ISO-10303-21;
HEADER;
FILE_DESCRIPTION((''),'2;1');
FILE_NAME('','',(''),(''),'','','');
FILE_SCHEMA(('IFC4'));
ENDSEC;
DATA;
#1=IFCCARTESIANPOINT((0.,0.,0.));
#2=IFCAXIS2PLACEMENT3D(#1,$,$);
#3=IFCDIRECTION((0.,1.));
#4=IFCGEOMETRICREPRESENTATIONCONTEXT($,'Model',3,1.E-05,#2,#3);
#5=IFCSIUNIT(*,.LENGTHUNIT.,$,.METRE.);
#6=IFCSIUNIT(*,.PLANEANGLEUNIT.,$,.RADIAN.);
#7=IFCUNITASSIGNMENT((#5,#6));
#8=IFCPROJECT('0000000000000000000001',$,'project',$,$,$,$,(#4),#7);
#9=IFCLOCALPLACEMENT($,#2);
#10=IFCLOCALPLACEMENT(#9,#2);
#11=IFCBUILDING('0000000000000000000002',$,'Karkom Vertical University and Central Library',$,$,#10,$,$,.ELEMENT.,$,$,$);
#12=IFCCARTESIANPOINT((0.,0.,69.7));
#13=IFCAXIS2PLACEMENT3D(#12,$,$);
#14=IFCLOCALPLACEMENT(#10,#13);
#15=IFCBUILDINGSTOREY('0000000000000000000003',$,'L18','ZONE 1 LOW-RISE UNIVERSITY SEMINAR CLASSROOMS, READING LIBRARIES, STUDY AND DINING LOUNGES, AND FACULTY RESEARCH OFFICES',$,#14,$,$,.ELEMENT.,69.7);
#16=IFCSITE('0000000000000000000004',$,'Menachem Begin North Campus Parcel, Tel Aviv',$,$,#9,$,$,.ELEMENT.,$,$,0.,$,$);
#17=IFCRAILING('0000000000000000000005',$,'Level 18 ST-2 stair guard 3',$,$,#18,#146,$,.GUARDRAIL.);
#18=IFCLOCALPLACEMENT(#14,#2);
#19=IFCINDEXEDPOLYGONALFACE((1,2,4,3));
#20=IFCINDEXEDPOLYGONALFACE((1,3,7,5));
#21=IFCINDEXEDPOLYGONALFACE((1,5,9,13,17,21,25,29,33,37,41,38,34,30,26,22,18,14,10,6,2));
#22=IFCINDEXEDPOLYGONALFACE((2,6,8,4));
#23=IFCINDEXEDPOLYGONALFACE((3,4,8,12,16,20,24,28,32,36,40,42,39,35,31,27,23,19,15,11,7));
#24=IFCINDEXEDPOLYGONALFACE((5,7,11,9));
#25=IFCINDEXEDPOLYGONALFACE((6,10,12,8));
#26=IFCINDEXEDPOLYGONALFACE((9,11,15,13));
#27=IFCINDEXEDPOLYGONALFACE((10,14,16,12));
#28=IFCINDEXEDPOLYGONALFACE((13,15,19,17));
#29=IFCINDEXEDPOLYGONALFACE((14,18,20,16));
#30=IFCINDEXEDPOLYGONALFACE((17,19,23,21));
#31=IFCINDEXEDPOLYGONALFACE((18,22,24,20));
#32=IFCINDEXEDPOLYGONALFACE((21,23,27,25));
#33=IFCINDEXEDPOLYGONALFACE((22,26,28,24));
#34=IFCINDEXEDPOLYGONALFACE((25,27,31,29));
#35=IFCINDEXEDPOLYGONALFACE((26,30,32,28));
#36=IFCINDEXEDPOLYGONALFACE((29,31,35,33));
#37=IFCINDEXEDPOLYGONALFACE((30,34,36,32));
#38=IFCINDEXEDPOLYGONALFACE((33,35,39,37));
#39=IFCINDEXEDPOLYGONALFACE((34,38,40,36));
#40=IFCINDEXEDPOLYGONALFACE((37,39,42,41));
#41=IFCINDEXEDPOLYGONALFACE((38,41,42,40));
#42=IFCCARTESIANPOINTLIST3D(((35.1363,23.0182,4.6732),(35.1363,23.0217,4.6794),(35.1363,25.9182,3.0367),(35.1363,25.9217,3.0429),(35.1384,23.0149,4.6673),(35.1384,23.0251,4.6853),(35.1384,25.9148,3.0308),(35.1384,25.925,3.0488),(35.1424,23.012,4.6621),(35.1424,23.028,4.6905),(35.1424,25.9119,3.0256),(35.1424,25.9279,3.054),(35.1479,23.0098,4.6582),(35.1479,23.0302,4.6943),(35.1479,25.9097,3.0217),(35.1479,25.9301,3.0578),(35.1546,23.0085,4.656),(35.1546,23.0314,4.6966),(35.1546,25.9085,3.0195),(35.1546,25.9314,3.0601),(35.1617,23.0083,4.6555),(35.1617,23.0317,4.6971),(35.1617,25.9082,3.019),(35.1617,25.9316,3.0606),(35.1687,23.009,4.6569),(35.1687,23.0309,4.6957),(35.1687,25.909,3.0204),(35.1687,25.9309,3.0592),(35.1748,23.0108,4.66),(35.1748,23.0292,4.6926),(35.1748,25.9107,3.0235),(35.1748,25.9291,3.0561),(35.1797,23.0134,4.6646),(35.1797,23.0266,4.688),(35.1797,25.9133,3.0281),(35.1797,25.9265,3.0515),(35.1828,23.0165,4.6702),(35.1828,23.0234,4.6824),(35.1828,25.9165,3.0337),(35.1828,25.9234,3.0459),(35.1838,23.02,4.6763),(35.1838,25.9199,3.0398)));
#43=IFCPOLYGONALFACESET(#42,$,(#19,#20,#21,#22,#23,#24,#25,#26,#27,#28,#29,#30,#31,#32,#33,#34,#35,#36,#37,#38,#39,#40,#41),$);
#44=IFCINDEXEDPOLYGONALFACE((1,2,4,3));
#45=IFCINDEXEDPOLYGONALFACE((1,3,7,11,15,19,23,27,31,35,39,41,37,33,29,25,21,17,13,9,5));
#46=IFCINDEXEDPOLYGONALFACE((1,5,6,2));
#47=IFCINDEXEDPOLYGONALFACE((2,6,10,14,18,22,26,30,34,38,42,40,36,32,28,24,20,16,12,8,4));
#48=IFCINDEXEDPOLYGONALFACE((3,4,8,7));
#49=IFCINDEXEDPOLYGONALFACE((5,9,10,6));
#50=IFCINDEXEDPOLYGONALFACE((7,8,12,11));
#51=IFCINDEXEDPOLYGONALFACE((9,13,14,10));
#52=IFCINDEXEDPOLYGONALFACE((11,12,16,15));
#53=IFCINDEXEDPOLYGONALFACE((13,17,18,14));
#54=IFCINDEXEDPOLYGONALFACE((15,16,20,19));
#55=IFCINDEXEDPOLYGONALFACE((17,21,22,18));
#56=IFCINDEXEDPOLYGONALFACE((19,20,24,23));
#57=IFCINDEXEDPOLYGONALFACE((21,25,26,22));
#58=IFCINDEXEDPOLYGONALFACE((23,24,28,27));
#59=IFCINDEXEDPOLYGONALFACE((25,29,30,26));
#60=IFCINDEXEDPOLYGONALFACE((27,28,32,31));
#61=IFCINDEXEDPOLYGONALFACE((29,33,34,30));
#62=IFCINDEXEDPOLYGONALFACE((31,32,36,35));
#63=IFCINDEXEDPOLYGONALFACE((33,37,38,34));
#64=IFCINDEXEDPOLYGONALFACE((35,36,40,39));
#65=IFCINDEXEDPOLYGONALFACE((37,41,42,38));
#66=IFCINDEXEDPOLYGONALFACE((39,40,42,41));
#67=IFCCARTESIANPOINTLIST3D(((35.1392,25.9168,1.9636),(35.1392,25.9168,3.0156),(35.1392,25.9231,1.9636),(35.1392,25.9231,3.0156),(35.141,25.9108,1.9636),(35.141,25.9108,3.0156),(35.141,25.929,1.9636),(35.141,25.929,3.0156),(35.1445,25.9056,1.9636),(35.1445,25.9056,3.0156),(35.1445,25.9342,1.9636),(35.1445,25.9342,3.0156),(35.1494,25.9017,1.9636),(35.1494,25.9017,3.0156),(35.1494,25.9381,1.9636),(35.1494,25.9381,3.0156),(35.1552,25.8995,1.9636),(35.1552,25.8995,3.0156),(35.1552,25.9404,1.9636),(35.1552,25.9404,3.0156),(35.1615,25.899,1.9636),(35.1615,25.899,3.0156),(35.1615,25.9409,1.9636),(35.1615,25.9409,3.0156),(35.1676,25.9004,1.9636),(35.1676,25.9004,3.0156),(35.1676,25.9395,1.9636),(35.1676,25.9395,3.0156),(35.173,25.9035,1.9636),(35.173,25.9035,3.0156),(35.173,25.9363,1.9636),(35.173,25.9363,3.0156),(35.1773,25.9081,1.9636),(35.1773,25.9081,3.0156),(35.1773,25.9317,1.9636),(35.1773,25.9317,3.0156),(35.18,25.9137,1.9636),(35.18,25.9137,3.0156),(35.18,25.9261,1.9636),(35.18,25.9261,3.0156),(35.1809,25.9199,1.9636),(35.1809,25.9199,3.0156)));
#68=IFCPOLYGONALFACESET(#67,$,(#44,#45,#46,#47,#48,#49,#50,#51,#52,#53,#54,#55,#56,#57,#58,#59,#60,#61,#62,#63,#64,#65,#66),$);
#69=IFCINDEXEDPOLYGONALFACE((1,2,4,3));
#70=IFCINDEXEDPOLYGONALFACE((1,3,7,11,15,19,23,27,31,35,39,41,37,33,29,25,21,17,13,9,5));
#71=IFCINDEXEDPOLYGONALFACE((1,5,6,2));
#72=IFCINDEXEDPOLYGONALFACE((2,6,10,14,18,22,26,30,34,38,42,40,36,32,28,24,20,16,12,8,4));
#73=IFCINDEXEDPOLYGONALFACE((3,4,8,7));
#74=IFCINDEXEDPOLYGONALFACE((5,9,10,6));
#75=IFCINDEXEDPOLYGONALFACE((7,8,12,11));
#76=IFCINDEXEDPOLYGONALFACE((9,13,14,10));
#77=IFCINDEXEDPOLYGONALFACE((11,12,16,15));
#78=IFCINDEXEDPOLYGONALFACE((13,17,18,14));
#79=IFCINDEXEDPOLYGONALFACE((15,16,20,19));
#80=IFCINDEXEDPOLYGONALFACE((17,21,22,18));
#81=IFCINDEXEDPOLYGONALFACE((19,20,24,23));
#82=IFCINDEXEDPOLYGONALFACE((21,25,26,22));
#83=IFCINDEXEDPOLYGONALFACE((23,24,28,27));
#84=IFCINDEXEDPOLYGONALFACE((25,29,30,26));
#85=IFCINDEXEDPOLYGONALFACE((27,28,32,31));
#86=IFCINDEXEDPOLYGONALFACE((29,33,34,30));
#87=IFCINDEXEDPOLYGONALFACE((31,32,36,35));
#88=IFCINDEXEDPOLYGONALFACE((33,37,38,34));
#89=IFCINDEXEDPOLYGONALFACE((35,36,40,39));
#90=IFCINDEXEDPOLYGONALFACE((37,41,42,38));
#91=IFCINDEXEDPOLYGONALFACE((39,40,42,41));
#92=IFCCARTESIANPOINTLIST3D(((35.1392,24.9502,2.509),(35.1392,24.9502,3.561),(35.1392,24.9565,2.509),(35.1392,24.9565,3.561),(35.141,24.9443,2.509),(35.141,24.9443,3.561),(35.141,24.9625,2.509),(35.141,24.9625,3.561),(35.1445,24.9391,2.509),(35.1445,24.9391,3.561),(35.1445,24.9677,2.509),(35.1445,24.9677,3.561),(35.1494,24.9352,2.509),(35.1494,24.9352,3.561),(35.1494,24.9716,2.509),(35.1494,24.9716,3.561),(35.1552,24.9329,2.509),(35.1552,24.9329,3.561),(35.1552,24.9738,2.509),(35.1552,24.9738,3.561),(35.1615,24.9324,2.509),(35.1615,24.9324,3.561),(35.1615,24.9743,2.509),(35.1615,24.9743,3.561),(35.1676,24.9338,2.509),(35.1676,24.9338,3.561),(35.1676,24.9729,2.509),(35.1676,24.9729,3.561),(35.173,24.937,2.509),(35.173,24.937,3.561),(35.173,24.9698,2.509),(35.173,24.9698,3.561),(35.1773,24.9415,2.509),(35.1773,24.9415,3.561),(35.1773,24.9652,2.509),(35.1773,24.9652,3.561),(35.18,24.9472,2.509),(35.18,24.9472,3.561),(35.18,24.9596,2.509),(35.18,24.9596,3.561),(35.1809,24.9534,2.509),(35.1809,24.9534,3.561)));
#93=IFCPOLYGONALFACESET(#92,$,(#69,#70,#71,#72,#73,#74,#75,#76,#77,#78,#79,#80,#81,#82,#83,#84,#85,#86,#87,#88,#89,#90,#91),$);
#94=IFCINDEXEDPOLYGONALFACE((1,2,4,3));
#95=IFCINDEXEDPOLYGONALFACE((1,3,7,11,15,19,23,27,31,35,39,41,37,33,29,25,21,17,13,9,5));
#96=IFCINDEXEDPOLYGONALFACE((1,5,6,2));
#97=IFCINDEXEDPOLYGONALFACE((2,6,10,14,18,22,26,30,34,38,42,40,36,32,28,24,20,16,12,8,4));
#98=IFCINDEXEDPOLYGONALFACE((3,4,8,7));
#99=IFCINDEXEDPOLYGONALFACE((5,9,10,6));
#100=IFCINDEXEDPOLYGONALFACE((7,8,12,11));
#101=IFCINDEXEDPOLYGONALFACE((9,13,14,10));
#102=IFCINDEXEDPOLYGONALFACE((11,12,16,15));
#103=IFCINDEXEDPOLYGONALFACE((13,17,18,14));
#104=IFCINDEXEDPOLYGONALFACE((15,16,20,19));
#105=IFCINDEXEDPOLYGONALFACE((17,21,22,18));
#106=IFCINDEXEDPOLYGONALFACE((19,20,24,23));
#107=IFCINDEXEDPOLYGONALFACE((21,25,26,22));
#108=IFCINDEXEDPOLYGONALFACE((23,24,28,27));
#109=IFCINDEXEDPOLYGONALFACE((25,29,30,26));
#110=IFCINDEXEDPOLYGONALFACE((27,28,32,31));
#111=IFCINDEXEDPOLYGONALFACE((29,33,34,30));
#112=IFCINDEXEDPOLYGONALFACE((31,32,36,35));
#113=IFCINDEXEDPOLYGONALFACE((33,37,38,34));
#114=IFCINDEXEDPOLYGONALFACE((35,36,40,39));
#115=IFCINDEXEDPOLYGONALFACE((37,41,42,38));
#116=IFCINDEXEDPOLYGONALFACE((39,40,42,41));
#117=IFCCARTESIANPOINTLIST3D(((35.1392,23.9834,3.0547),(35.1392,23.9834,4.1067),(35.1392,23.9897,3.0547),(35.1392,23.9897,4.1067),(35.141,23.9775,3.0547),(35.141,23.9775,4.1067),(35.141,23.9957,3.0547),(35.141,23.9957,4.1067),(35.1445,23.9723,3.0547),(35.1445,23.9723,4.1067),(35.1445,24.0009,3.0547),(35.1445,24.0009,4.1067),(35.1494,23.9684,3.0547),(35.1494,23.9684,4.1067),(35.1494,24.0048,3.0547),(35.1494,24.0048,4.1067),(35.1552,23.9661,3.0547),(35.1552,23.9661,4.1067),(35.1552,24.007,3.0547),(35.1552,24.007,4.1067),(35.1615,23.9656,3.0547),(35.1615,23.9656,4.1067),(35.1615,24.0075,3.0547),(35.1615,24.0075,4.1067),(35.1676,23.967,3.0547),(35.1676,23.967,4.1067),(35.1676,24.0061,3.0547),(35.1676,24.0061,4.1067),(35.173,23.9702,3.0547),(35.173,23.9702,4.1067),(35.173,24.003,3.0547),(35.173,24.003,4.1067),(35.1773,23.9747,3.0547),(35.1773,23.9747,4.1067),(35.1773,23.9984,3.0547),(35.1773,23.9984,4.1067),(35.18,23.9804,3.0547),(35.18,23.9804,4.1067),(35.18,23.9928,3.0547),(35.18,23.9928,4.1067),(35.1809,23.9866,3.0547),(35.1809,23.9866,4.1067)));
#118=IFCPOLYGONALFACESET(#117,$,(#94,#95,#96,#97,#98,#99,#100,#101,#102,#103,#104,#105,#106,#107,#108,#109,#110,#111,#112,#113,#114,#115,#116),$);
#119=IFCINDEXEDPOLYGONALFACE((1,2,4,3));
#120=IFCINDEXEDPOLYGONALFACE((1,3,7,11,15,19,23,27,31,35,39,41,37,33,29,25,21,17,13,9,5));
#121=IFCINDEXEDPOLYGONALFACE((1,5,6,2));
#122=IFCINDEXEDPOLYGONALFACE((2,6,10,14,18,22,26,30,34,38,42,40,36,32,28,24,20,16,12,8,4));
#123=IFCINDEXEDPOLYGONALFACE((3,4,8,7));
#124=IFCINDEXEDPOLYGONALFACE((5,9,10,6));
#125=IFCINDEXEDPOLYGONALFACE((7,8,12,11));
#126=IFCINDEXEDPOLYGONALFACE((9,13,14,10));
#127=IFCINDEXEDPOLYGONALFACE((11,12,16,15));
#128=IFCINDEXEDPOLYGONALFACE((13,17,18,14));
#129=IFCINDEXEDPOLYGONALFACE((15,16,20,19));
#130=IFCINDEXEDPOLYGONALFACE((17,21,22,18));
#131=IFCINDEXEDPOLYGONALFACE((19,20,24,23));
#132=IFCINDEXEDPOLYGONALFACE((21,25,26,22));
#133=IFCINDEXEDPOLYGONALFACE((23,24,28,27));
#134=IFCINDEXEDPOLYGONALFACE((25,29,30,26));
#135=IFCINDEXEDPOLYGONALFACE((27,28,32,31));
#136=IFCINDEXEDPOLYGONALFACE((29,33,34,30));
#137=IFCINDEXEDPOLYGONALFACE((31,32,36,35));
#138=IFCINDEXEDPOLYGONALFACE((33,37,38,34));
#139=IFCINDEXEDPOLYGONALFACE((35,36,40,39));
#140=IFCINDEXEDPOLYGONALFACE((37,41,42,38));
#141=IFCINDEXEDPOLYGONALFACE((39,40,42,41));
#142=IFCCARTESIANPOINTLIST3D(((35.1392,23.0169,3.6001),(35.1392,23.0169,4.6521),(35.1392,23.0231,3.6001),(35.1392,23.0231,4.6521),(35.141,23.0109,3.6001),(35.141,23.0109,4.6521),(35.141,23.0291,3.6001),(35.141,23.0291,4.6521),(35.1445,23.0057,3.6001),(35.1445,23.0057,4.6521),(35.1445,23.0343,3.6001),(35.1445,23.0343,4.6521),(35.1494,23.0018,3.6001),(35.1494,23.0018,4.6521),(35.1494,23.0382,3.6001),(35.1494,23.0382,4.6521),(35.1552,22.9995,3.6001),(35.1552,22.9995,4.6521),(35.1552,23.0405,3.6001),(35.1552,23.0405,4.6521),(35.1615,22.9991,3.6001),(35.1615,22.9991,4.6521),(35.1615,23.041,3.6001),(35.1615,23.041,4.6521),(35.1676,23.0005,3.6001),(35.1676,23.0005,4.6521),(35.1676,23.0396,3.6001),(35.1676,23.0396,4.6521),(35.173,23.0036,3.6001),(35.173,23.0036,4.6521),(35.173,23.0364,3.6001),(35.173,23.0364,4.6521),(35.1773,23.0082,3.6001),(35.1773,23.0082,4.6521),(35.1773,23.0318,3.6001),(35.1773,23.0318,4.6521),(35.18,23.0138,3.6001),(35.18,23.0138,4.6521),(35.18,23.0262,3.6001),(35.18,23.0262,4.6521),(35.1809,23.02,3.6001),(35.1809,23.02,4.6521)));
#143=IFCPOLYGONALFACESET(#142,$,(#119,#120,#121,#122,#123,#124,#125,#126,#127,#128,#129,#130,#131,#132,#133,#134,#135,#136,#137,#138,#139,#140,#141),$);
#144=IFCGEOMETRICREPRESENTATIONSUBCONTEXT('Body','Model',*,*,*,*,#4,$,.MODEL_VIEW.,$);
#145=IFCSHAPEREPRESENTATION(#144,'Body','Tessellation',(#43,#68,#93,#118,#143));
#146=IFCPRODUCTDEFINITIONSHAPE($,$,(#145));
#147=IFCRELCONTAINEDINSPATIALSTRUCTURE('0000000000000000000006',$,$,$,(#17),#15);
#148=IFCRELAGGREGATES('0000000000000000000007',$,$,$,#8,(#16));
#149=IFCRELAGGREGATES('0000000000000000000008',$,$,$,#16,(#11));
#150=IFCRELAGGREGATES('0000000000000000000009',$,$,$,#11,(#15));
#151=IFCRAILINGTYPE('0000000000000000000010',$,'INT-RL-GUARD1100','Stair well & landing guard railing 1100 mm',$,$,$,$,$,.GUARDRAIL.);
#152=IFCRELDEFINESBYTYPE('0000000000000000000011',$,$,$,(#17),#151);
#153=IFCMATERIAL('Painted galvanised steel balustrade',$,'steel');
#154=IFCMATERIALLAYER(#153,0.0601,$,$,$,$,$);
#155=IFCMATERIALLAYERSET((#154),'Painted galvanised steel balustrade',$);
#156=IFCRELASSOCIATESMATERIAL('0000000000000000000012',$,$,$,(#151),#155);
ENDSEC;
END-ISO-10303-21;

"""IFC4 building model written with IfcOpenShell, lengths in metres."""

from ifc_helpers import new_model, si_unit, direction, frame, origin, origin_2d, place, context, subcontext, project, spatial, circle, extrude, material, layer, layer_set, type_object, element, save


model = new_model("IFC4")

# Units and contexts
model_context = context("Model", 3, precision=1e-05, world=origin(), true_north=direction((0.0, 1.0)))
body_context = subcontext(model_context, "Body", "Model", "MODEL_VIEW")
ifc_project = project(units=[si_unit("LENGTHUNIT", "METRE"), si_unit("PLANEANGLEUNIT", "RADIAN")], contexts=[model_context])

# Site, building, storey
site_placement = place(None, origin())
site = spatial("IfcSite", under=ifc_project, at=site_placement, Name="Menachem Begin North Campus Parcel, Tel Aviv", CompositionType="ELEMENT", RefElevation=0.0)
building_placement = place(site_placement, origin())
building = spatial("IfcBuilding", under=site, at=building_placement, Name="Karkom Vertical University and Central Library", CompositionType="ELEMENT")
storey_placement = place(building_placement, frame((0.0, 0.0, 69.7)))
storey = spatial("IfcBuildingStorey", under=building, at=storey_placement, Name="L18", Description="ZONE 1 LOW-RISE UNIVERSITY SEMINAR CLASSROOMS, READING LIBRARIES, STUDY AND DINING LOUNGES, AND FACULTY RESEARCH OFFICES", CompositionType="ELEMENT", Elevation=69.7)

# Railing
ifc_material_1 = material(Name="Painted galvanised steel balustrade", Category="steel")
ifc_layer_1 = layer(ifc_material_1, 0.0601)
ifc_layer_set_1 = layer_set([ifc_layer_1], Name="Painted galvanised steel balustrade")
railing_type_1 = type_object("IfcRailingType", Name="INT-RL-GUARD1100", Description="Stair well & landing guard railing 1100 mm", PredefinedType="GUARDRAIL", material=ifc_layer_set_1)
railing_1_placement = place(storey_placement, frame((35.1599, 25.9199, 1.9636)))
element("IfcRailing", 1, at=railing_1_placement, inside=storey, type_object=railing_type_1, Name="Level 18 ST-2 stair guard 3", PredefinedType="GUARDRAIL", context=body_context, shape_type="SweptSolid", body=[
    extrude(circle(Radius=0.0239, at=origin_2d()), frame((0.0, 0.0, 1.0762), z_axis=(0.0, -0.870897, 0.491465), x_axis=(1.0, 0.0, 0.0)), (0.0, 0.0, 1.0), 3.3298),
    extrude(circle(Radius=0.021, at=origin_2d()), origin(), (0.0, 0.0, 1.0), 1.052),
    extrude(circle(Radius=0.021, at=origin_2d()), frame((0.0, -0.9666, 0.5454)), (0.0, 0.0, 1.0), 1.052),
    extrude(circle(Radius=0.021, at=origin_2d()), frame((0.0, -1.9333, 1.0911)), (0.0, 0.0, 1.0), 1.052),
    extrude(circle(Radius=0.021, at=origin_2d()), frame((0.0, -2.8999, 1.6365)), (0.0, 0.0, 1.0), 1.052),
])

save(model, "model.ifc")
